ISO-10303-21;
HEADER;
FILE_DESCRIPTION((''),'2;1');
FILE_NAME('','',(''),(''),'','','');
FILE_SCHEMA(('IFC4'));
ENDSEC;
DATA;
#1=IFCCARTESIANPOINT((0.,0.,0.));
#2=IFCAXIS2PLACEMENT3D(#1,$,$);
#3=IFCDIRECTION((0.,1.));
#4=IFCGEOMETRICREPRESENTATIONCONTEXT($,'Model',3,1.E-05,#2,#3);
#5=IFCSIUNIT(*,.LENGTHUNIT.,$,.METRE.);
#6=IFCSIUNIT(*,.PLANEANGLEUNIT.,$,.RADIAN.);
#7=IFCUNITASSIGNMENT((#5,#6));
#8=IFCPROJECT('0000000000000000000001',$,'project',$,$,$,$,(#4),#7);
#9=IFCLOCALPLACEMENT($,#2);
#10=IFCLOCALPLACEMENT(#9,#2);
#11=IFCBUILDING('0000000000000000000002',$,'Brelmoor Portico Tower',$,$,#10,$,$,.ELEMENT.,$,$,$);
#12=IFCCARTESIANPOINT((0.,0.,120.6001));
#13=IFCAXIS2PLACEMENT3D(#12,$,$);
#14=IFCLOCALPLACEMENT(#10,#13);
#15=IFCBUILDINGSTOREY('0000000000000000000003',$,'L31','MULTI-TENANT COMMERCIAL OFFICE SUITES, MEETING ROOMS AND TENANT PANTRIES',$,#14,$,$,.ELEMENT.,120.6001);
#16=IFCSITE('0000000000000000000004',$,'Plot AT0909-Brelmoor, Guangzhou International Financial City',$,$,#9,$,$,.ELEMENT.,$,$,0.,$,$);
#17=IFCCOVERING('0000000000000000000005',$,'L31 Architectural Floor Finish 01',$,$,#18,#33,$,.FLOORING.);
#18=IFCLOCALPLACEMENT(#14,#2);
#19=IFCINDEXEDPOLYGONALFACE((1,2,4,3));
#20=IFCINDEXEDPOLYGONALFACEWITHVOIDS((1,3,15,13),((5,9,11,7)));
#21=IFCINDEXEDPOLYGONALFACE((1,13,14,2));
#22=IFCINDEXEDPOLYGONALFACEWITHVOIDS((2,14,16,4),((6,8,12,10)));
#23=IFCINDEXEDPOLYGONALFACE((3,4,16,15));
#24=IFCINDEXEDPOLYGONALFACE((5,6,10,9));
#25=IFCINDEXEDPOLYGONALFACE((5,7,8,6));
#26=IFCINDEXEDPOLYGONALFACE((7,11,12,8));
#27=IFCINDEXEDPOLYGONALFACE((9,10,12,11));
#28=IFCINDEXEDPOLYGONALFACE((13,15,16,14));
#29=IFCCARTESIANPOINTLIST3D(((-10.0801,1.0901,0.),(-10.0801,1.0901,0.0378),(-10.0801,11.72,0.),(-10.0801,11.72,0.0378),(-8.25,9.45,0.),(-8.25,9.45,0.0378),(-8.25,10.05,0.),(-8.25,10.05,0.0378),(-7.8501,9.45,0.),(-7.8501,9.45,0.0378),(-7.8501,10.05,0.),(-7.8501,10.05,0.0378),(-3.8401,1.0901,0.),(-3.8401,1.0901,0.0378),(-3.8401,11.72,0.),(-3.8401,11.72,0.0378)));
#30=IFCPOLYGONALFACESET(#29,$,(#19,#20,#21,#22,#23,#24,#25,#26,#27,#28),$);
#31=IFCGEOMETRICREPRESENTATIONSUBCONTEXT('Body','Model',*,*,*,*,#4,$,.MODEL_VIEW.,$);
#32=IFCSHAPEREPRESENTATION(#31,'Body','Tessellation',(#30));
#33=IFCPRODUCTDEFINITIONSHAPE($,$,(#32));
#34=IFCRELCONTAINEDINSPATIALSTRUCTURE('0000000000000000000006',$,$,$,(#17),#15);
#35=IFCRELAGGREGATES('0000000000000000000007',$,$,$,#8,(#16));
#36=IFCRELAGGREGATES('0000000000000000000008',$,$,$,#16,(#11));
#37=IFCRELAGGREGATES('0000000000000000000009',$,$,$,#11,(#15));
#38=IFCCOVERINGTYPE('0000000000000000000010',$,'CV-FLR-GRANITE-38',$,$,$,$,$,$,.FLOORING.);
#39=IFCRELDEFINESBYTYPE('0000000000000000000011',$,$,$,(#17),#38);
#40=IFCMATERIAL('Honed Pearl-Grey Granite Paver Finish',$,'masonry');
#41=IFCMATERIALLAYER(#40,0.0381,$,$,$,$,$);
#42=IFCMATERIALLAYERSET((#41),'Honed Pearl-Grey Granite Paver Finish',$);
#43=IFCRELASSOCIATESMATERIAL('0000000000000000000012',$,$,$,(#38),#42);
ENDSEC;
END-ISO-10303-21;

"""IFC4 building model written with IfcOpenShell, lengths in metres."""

from ifc_helpers import new_model, si_unit, direction, frame, origin, place, context, subcontext, project, spatial, polyline, outline, extrude, material, layer, layer_set, type_object, element, save


model = new_model("IFC4")

# Units and contexts
model_context = context("Model", 3, precision=1e-05, world=origin(), true_north=direction((0.0, 1.0)))
body_context = subcontext(model_context, "Body", "Model", "MODEL_VIEW")
ifc_project = project(units=[si_unit("LENGTHUNIT", "METRE"), si_unit("PLANEANGLEUNIT", "RADIAN")], contexts=[model_context])

# Site, building, storey
site_placement = place(None, origin())
site = spatial("IfcSite", under=ifc_project, at=site_placement, Name="Plot AT0909-Brelmoor, Guangzhou International Financial City", CompositionType="ELEMENT", RefElevation=0.0)
building_placement = place(site_placement, origin())
building = spatial("IfcBuilding", under=site, at=building_placement, Name="Brelmoor Portico Tower", CompositionType="ELEMENT")
storey_placement = place(building_placement, frame((0.0, 0.0, 120.6001)))
storey = spatial("IfcBuildingStorey", under=building, at=storey_placement, Name="L31", Description="MULTI-TENANT COMMERCIAL OFFICE SUITES, MEETING ROOMS AND TENANT PANTRIES", CompositionType="ELEMENT", Elevation=120.6001)

# Covering
ifc_material_1 = material(Name="Honed Pearl-Grey Granite Paver Finish", Category="masonry")
ifc_layer_1 = layer(ifc_material_1, 0.0381)
ifc_layer_set_1 = layer_set([ifc_layer_1], Name="Honed Pearl-Grey Granite Paver Finish")
covering_type_1 = type_object("IfcCoveringType", Name="CV-FLR-GRANITE-38", PredefinedType="FLOORING", material=ifc_layer_set_1)
covering_1_placement = place(storey_placement, origin())
element("IfcCovering", 1, at=covering_1_placement, inside=storey, type_object=covering_type_1, Name="L31 Architectural Floor Finish 01", PredefinedType="FLOORING", context=body_context, shape_type="SweptSolid", body=[
    extrude(outline(polyline([(-10.0801, 11.72), (-3.8401, 11.72), (-3.8401, 1.0901), (-10.0801, 1.0901), (-10.0801, 11.72)]), holes=[polyline([(-7.8501, 9.45), (-7.8501, 10.05), (-8.25, 10.05), (-8.25, 9.45), (-7.8501, 9.45)])]), origin(), (0.0, 0.0, 1.0), 0.0378),
])

save(model, "model.ifc")
